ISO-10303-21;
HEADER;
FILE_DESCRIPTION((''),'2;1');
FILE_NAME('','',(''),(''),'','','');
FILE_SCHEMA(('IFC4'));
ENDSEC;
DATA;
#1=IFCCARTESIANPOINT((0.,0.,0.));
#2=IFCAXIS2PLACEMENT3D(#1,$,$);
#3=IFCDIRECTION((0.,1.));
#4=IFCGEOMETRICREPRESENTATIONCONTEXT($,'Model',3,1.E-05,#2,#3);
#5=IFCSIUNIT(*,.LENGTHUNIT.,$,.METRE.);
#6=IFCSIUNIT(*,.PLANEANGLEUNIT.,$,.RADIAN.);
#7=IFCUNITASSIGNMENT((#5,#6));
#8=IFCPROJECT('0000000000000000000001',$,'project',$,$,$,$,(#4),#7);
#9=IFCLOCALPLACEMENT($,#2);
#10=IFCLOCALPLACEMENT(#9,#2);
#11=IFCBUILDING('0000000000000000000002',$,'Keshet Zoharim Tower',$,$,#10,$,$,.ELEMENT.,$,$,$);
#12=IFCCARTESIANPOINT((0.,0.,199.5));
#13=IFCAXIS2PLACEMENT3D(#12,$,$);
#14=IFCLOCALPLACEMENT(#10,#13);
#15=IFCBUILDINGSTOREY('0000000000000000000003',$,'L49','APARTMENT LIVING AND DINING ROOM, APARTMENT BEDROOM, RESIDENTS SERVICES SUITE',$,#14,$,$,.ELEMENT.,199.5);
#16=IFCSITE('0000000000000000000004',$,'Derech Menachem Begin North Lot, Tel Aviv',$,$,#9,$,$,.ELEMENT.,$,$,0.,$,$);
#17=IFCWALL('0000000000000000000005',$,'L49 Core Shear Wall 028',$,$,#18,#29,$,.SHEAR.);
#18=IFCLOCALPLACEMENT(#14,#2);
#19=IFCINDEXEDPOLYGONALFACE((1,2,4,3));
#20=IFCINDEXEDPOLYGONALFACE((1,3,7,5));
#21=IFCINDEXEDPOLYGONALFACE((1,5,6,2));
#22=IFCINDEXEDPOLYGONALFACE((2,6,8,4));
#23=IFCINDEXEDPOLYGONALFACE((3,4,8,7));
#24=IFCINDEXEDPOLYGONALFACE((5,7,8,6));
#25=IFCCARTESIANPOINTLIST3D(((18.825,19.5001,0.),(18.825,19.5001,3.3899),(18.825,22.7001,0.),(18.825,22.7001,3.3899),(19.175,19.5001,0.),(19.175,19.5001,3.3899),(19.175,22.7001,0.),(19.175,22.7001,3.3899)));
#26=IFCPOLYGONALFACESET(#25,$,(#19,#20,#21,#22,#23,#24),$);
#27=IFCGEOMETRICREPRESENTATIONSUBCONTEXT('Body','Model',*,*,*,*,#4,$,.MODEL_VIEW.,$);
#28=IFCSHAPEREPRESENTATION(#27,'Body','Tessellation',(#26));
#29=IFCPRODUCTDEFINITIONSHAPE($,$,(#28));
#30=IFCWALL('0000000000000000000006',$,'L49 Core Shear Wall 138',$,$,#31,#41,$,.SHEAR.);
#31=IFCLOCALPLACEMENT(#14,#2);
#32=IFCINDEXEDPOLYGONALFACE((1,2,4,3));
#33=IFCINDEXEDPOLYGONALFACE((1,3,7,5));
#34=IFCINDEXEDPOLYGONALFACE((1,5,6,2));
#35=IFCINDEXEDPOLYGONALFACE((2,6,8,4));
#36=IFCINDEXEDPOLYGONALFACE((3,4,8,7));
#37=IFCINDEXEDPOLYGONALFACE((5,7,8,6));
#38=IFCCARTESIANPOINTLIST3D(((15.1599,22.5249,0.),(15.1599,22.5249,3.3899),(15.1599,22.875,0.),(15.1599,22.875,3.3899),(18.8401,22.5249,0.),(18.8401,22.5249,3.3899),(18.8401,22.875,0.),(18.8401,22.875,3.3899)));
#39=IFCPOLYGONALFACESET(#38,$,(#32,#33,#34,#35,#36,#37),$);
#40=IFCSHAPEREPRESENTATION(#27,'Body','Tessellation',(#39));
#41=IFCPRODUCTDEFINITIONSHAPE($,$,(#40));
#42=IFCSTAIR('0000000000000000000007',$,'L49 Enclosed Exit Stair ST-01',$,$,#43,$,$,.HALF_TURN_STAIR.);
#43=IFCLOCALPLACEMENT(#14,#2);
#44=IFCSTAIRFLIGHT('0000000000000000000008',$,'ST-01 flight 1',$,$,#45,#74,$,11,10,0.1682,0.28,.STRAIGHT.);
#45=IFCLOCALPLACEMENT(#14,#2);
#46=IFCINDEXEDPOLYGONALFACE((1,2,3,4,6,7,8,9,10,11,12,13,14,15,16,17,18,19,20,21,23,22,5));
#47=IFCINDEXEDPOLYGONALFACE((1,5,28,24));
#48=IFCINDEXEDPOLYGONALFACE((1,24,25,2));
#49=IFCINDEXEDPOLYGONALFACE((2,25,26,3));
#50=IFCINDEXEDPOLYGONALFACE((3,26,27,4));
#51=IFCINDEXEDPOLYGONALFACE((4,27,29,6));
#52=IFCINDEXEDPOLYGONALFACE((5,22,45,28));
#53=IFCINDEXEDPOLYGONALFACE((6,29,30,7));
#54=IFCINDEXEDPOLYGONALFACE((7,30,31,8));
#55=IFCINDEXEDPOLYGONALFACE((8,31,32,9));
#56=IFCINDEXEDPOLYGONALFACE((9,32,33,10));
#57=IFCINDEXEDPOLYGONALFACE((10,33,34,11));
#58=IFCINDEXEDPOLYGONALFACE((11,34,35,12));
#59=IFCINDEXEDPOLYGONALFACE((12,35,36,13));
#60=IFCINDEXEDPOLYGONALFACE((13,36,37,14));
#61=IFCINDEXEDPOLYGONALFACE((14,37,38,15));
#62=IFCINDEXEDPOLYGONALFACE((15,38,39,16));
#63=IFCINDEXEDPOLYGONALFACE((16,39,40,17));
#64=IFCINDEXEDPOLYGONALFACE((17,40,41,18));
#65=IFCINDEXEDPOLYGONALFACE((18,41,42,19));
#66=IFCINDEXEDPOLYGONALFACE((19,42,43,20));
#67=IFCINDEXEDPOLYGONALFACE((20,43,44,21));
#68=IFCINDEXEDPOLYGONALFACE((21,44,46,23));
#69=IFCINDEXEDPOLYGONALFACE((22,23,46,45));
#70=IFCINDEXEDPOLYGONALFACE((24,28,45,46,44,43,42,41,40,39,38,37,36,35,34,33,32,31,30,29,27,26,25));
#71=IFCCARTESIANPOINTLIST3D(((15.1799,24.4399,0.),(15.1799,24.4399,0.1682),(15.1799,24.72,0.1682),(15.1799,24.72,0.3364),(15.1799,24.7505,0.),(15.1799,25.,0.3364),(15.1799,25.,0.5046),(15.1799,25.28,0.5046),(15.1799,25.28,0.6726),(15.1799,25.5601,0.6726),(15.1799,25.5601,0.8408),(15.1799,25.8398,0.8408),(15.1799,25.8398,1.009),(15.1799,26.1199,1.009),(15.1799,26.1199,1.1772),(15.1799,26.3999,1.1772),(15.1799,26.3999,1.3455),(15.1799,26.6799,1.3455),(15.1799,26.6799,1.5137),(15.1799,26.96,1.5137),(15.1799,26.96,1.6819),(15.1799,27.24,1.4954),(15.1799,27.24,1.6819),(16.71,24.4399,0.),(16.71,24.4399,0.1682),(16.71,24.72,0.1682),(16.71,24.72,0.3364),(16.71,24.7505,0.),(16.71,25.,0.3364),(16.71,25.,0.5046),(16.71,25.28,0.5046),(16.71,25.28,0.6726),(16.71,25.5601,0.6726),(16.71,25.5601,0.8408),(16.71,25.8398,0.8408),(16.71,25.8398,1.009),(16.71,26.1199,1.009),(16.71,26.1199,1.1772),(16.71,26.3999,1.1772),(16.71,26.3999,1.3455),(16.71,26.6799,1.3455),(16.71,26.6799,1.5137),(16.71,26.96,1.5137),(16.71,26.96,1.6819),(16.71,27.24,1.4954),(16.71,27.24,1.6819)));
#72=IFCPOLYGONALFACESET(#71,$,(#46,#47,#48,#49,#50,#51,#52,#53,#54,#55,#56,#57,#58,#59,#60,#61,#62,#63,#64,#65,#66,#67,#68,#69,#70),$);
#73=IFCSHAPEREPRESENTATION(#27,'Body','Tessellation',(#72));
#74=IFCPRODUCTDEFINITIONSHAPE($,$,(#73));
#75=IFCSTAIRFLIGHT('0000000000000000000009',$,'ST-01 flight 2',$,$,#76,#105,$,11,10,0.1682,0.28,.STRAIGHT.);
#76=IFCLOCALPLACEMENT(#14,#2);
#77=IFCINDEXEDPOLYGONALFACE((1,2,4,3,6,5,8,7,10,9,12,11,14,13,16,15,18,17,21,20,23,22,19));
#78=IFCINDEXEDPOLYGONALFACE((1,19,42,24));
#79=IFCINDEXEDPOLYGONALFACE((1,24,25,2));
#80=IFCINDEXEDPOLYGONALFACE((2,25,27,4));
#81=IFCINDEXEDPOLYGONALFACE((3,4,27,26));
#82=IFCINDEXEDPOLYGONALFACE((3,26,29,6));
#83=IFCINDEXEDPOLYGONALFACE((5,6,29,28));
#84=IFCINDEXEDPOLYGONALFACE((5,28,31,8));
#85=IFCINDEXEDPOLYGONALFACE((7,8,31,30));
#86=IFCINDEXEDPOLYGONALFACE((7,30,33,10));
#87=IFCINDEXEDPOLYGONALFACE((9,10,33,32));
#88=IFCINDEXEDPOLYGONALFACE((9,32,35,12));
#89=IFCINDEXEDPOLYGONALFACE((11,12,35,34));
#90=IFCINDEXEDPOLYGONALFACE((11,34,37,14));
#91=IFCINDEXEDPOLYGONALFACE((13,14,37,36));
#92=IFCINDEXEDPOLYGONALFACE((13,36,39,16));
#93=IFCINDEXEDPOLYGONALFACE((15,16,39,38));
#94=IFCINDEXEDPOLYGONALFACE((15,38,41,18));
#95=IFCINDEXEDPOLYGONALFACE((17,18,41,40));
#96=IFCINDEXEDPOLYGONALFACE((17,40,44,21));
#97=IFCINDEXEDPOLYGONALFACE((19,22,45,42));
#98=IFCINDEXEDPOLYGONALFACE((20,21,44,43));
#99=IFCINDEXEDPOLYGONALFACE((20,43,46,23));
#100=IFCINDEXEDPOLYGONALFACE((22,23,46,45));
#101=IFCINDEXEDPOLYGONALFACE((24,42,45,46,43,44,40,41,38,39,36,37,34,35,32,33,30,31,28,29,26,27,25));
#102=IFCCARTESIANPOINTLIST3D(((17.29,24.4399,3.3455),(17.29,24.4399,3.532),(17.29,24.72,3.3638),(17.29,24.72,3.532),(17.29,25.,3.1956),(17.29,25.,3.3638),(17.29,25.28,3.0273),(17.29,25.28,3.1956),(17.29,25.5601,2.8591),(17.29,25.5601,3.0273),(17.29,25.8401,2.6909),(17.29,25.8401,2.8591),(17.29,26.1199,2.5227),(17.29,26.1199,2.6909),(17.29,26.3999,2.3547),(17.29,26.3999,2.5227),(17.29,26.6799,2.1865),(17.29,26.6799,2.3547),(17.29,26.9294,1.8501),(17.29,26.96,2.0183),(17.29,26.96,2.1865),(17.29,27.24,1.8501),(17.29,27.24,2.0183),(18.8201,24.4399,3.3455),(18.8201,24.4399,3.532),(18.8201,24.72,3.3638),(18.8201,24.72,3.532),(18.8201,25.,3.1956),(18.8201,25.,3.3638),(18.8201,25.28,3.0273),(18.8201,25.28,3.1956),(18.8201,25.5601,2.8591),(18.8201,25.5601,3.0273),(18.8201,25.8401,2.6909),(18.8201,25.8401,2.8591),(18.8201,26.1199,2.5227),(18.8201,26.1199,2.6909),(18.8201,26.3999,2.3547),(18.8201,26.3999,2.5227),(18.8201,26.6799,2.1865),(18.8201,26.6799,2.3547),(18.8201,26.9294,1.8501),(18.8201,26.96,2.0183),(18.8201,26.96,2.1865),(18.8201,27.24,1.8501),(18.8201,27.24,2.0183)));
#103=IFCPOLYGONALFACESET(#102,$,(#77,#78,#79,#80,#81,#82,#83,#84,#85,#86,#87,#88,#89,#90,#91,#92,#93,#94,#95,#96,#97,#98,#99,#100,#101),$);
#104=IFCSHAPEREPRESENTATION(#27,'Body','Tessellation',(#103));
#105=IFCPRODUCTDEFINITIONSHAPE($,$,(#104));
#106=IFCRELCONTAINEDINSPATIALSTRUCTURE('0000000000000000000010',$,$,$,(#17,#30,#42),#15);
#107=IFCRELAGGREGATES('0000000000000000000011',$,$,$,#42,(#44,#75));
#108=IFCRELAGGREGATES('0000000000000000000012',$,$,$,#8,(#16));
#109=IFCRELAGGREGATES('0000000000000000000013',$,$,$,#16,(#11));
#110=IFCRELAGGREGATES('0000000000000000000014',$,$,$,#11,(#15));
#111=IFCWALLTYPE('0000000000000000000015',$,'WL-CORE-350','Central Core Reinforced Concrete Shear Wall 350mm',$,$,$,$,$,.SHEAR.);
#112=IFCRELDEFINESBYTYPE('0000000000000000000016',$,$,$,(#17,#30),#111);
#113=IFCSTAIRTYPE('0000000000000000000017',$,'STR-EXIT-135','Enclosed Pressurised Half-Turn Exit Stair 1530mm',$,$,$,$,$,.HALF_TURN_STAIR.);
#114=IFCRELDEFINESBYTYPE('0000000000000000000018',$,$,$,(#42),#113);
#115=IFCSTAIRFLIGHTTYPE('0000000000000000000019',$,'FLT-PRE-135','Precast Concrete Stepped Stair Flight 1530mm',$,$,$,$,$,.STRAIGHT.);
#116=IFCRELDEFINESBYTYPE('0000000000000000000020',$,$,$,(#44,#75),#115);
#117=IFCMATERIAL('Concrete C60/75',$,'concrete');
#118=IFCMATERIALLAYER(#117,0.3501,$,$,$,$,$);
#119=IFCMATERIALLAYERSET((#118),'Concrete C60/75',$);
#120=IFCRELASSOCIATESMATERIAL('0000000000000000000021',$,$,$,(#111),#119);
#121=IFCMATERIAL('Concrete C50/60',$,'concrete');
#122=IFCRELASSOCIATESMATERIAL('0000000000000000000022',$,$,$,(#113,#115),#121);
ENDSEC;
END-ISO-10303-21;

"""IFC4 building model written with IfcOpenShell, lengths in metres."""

from ifc_helpers import new_model, si_unit, direction, frame, frame_2d, origin, place, context, subcontext, project, spatial, polyline, rectangle, outline, extrude, material, layer, layer_set, type_object, element, aggregate, save


model = new_model("IFC4")

# Units and contexts
model_context = context("Model", 3, precision=1e-05, world=origin(), true_north=direction((0.0, 1.0)))
body_context = subcontext(model_context, "Body", "Model", "MODEL_VIEW")
ifc_project = project(units=[si_unit("LENGTHUNIT", "METRE"), si_unit("PLANEANGLEUNIT", "RADIAN")], contexts=[model_context])

# Site, building, storey
site_placement = place(None, origin())
site = spatial("IfcSite", under=ifc_project, at=site_placement, Name="Derech Menachem Begin North Lot, Tel Aviv", CompositionType="ELEMENT", RefElevation=0.0)
building_placement = place(site_placement, origin())
building = spatial("IfcBuilding", under=site, at=building_placement, Name="Keshet Zoharim Tower", CompositionType="ELEMENT")
storey_placement = place(building_placement, frame((0.0, 0.0, 199.5)))
storey = spatial("IfcBuildingStorey", under=building, at=storey_placement, Name="L49", Description="APARTMENT LIVING AND DINING ROOM, APARTMENT BEDROOM, RESIDENTS SERVICES SUITE", CompositionType="ELEMENT", Elevation=199.5)

# Shared definitions
ifc_material_1 = material(Name="Concrete C60/75", Category="concrete")

# Walls
ifc_layer_1 = layer(ifc_material_1, 0.3501)
ifc_layer_set_1 = layer_set([ifc_layer_1], Name="Concrete C60/75")
wall_type_1 = type_object("IfcWallType", Name="WL-CORE-350", Description="Central Core Reinforced Concrete Shear Wall 350mm", PredefinedType="SHEAR", material=ifc_layer_set_1)
wall_1_placement = place(storey_placement, frame((19.0, 19.5, 0.0), z_axis=(0.0, 0.0, 1.0), x_axis=(0.0, 1.0, 0.0)))
element("IfcWall", 1, at=wall_1_placement, inside=storey, type_object=wall_type_1, Name="L49 Core Shear Wall 028", PredefinedType="SHEAR", context=body_context, shape_type="SweptSolid", body=[
    extrude(rectangle(XDim=3.2, YDim=0.3501, at=frame_2d((1.6001, 0.0))), origin(), (0.0, 0.0, 1.0), 3.3899),
])
wall_2_placement = place(storey_placement, frame((15.1599, 22.7, 0.0), z_axis=(0.0, 0.0, 1.0), x_axis=(1.0, 0.0, 0.0)))
element("IfcWall", 2, at=wall_2_placement, inside=storey, type_object=wall_type_1, Name="L49 Core Shear Wall 138", PredefinedType="SHEAR", context=body_context, shape_type="SweptSolid", body=[
    extrude(rectangle(XDim=3.6802, YDim=0.3501, at=frame_2d((1.8401, 0.0))), origin(), (0.0, 0.0, 1.0), 3.3899),
])

# Shared definitions
ifc_material_2 = material(Name="Concrete C50/60", Category="concrete")

# Stair, stair flights
stair_type = type_object("IfcStairType", Name="STR-EXIT-135", Description="Enclosed Pressurised Half-Turn Exit Stair 1530mm", PredefinedType="HALF_TURN_STAIR", material=ifc_material_2)
stair_placement = place(storey_placement, origin())
stair = element("IfcStair", 3, at=stair_placement, inside=storey, type_object=stair_type, Name="L49 Enclosed Exit Stair ST-01", PredefinedType="HALF_TURN_STAIR")
stair_flight_type = type_object("IfcStairFlightType", Name="FLT-PRE-135", Description="Precast Concrete Stepped Stair Flight 1530mm", PredefinedType="STRAIGHT", material=ifc_material_2)
stair_flight_1_placement = place(storey_placement, frame((15.9451, 24.4399, 0.0), z_axis=(0.0, 0.0, 1.0), x_axis=(0.0, 1.0, 0.0)))
stair_flight_1 = element("IfcStairFlight", 4, at=stair_flight_1_placement, type_object=stair_flight_type, Name="ST-01 flight 1", NumberOfRisers=11, NumberOfTreads=10, PredefinedType="STRAIGHT", RiserHeight=0.1682, TreadLength=0.28, context=body_context, shape_type="SweptSolid", body=[
    extrude(outline(polyline([(0.0, 0.0), (0.0, 0.1682), (0.28, 0.1682), (0.28, 0.3364), (0.5601, 0.3364), (0.5601, 0.5046), (0.8401, 0.5046), (0.8401, 0.6726), (1.1201, 0.6726), (1.1201, 0.8408), (1.3999, 0.8408), (1.3999, 1.009), (1.6799, 1.009), (1.6799, 1.1772), (1.96, 1.1772), (1.96, 1.3455), (2.24, 1.3455), (2.24, 1.5137), (2.52, 1.5137), (2.52, 1.6819), (2.8, 1.6819), (2.8, 1.8501), (2.8, 1.4954), (0.3105, 0.0), (0.0, 0.0)])), frame((0.0, 0.7651, 0.0), z_axis=(0.0, -1.0, 0.0), x_axis=(1.0, 0.0, 0.0)), (0.0, 0.0, 1.0), 1.53),
])
stair_flight_2_placement = place(storey_placement, frame((18.0549, 27.24, 1.8501), z_axis=(0.0, 0.0, 1.0), x_axis=(0.0, -1.0, 0.0)))
stair_flight_2 = element("IfcStairFlight", 5, at=stair_flight_2_placement, type_object=stair_flight_type, Name="ST-01 flight 2", NumberOfRisers=11, NumberOfTreads=10, PredefinedType="STRAIGHT", RiserHeight=0.1682, TreadLength=0.28, context=body_context, shape_type="SweptSolid", body=[
    extrude(outline(polyline([(0.0, 0.0), (0.0, 0.1682), (0.28, 0.1682), (0.28, 0.3364), (0.5601, 0.3364), (0.5601, 0.5046), (0.8401, 0.5046), (0.8401, 0.6726), (1.1201, 0.6726), (1.1201, 0.8408), (1.3999, 0.8408), (1.3999, 1.009), (1.6799, 1.009), (1.6799, 1.1772), (1.96, 1.1772), (1.96, 1.3455), (2.24, 1.3455), (2.24, 1.5137), (2.52, 1.5137), (2.52, 1.6819), (2.8, 1.6819), (2.8, 1.8501), (2.8, 1.4954), (0.3105, 0.0), (0.0, 0.0)])), frame((0.0, 0.7651, 0.0), z_axis=(0.0, -1.0, 0.0), x_axis=(1.0, 0.0, 0.0)), (0.0, 0.0, 1.0), 1.53),
])
aggregate(stair, [stair_flight_1, stair_flight_2])

save(model, "model.ifc")
